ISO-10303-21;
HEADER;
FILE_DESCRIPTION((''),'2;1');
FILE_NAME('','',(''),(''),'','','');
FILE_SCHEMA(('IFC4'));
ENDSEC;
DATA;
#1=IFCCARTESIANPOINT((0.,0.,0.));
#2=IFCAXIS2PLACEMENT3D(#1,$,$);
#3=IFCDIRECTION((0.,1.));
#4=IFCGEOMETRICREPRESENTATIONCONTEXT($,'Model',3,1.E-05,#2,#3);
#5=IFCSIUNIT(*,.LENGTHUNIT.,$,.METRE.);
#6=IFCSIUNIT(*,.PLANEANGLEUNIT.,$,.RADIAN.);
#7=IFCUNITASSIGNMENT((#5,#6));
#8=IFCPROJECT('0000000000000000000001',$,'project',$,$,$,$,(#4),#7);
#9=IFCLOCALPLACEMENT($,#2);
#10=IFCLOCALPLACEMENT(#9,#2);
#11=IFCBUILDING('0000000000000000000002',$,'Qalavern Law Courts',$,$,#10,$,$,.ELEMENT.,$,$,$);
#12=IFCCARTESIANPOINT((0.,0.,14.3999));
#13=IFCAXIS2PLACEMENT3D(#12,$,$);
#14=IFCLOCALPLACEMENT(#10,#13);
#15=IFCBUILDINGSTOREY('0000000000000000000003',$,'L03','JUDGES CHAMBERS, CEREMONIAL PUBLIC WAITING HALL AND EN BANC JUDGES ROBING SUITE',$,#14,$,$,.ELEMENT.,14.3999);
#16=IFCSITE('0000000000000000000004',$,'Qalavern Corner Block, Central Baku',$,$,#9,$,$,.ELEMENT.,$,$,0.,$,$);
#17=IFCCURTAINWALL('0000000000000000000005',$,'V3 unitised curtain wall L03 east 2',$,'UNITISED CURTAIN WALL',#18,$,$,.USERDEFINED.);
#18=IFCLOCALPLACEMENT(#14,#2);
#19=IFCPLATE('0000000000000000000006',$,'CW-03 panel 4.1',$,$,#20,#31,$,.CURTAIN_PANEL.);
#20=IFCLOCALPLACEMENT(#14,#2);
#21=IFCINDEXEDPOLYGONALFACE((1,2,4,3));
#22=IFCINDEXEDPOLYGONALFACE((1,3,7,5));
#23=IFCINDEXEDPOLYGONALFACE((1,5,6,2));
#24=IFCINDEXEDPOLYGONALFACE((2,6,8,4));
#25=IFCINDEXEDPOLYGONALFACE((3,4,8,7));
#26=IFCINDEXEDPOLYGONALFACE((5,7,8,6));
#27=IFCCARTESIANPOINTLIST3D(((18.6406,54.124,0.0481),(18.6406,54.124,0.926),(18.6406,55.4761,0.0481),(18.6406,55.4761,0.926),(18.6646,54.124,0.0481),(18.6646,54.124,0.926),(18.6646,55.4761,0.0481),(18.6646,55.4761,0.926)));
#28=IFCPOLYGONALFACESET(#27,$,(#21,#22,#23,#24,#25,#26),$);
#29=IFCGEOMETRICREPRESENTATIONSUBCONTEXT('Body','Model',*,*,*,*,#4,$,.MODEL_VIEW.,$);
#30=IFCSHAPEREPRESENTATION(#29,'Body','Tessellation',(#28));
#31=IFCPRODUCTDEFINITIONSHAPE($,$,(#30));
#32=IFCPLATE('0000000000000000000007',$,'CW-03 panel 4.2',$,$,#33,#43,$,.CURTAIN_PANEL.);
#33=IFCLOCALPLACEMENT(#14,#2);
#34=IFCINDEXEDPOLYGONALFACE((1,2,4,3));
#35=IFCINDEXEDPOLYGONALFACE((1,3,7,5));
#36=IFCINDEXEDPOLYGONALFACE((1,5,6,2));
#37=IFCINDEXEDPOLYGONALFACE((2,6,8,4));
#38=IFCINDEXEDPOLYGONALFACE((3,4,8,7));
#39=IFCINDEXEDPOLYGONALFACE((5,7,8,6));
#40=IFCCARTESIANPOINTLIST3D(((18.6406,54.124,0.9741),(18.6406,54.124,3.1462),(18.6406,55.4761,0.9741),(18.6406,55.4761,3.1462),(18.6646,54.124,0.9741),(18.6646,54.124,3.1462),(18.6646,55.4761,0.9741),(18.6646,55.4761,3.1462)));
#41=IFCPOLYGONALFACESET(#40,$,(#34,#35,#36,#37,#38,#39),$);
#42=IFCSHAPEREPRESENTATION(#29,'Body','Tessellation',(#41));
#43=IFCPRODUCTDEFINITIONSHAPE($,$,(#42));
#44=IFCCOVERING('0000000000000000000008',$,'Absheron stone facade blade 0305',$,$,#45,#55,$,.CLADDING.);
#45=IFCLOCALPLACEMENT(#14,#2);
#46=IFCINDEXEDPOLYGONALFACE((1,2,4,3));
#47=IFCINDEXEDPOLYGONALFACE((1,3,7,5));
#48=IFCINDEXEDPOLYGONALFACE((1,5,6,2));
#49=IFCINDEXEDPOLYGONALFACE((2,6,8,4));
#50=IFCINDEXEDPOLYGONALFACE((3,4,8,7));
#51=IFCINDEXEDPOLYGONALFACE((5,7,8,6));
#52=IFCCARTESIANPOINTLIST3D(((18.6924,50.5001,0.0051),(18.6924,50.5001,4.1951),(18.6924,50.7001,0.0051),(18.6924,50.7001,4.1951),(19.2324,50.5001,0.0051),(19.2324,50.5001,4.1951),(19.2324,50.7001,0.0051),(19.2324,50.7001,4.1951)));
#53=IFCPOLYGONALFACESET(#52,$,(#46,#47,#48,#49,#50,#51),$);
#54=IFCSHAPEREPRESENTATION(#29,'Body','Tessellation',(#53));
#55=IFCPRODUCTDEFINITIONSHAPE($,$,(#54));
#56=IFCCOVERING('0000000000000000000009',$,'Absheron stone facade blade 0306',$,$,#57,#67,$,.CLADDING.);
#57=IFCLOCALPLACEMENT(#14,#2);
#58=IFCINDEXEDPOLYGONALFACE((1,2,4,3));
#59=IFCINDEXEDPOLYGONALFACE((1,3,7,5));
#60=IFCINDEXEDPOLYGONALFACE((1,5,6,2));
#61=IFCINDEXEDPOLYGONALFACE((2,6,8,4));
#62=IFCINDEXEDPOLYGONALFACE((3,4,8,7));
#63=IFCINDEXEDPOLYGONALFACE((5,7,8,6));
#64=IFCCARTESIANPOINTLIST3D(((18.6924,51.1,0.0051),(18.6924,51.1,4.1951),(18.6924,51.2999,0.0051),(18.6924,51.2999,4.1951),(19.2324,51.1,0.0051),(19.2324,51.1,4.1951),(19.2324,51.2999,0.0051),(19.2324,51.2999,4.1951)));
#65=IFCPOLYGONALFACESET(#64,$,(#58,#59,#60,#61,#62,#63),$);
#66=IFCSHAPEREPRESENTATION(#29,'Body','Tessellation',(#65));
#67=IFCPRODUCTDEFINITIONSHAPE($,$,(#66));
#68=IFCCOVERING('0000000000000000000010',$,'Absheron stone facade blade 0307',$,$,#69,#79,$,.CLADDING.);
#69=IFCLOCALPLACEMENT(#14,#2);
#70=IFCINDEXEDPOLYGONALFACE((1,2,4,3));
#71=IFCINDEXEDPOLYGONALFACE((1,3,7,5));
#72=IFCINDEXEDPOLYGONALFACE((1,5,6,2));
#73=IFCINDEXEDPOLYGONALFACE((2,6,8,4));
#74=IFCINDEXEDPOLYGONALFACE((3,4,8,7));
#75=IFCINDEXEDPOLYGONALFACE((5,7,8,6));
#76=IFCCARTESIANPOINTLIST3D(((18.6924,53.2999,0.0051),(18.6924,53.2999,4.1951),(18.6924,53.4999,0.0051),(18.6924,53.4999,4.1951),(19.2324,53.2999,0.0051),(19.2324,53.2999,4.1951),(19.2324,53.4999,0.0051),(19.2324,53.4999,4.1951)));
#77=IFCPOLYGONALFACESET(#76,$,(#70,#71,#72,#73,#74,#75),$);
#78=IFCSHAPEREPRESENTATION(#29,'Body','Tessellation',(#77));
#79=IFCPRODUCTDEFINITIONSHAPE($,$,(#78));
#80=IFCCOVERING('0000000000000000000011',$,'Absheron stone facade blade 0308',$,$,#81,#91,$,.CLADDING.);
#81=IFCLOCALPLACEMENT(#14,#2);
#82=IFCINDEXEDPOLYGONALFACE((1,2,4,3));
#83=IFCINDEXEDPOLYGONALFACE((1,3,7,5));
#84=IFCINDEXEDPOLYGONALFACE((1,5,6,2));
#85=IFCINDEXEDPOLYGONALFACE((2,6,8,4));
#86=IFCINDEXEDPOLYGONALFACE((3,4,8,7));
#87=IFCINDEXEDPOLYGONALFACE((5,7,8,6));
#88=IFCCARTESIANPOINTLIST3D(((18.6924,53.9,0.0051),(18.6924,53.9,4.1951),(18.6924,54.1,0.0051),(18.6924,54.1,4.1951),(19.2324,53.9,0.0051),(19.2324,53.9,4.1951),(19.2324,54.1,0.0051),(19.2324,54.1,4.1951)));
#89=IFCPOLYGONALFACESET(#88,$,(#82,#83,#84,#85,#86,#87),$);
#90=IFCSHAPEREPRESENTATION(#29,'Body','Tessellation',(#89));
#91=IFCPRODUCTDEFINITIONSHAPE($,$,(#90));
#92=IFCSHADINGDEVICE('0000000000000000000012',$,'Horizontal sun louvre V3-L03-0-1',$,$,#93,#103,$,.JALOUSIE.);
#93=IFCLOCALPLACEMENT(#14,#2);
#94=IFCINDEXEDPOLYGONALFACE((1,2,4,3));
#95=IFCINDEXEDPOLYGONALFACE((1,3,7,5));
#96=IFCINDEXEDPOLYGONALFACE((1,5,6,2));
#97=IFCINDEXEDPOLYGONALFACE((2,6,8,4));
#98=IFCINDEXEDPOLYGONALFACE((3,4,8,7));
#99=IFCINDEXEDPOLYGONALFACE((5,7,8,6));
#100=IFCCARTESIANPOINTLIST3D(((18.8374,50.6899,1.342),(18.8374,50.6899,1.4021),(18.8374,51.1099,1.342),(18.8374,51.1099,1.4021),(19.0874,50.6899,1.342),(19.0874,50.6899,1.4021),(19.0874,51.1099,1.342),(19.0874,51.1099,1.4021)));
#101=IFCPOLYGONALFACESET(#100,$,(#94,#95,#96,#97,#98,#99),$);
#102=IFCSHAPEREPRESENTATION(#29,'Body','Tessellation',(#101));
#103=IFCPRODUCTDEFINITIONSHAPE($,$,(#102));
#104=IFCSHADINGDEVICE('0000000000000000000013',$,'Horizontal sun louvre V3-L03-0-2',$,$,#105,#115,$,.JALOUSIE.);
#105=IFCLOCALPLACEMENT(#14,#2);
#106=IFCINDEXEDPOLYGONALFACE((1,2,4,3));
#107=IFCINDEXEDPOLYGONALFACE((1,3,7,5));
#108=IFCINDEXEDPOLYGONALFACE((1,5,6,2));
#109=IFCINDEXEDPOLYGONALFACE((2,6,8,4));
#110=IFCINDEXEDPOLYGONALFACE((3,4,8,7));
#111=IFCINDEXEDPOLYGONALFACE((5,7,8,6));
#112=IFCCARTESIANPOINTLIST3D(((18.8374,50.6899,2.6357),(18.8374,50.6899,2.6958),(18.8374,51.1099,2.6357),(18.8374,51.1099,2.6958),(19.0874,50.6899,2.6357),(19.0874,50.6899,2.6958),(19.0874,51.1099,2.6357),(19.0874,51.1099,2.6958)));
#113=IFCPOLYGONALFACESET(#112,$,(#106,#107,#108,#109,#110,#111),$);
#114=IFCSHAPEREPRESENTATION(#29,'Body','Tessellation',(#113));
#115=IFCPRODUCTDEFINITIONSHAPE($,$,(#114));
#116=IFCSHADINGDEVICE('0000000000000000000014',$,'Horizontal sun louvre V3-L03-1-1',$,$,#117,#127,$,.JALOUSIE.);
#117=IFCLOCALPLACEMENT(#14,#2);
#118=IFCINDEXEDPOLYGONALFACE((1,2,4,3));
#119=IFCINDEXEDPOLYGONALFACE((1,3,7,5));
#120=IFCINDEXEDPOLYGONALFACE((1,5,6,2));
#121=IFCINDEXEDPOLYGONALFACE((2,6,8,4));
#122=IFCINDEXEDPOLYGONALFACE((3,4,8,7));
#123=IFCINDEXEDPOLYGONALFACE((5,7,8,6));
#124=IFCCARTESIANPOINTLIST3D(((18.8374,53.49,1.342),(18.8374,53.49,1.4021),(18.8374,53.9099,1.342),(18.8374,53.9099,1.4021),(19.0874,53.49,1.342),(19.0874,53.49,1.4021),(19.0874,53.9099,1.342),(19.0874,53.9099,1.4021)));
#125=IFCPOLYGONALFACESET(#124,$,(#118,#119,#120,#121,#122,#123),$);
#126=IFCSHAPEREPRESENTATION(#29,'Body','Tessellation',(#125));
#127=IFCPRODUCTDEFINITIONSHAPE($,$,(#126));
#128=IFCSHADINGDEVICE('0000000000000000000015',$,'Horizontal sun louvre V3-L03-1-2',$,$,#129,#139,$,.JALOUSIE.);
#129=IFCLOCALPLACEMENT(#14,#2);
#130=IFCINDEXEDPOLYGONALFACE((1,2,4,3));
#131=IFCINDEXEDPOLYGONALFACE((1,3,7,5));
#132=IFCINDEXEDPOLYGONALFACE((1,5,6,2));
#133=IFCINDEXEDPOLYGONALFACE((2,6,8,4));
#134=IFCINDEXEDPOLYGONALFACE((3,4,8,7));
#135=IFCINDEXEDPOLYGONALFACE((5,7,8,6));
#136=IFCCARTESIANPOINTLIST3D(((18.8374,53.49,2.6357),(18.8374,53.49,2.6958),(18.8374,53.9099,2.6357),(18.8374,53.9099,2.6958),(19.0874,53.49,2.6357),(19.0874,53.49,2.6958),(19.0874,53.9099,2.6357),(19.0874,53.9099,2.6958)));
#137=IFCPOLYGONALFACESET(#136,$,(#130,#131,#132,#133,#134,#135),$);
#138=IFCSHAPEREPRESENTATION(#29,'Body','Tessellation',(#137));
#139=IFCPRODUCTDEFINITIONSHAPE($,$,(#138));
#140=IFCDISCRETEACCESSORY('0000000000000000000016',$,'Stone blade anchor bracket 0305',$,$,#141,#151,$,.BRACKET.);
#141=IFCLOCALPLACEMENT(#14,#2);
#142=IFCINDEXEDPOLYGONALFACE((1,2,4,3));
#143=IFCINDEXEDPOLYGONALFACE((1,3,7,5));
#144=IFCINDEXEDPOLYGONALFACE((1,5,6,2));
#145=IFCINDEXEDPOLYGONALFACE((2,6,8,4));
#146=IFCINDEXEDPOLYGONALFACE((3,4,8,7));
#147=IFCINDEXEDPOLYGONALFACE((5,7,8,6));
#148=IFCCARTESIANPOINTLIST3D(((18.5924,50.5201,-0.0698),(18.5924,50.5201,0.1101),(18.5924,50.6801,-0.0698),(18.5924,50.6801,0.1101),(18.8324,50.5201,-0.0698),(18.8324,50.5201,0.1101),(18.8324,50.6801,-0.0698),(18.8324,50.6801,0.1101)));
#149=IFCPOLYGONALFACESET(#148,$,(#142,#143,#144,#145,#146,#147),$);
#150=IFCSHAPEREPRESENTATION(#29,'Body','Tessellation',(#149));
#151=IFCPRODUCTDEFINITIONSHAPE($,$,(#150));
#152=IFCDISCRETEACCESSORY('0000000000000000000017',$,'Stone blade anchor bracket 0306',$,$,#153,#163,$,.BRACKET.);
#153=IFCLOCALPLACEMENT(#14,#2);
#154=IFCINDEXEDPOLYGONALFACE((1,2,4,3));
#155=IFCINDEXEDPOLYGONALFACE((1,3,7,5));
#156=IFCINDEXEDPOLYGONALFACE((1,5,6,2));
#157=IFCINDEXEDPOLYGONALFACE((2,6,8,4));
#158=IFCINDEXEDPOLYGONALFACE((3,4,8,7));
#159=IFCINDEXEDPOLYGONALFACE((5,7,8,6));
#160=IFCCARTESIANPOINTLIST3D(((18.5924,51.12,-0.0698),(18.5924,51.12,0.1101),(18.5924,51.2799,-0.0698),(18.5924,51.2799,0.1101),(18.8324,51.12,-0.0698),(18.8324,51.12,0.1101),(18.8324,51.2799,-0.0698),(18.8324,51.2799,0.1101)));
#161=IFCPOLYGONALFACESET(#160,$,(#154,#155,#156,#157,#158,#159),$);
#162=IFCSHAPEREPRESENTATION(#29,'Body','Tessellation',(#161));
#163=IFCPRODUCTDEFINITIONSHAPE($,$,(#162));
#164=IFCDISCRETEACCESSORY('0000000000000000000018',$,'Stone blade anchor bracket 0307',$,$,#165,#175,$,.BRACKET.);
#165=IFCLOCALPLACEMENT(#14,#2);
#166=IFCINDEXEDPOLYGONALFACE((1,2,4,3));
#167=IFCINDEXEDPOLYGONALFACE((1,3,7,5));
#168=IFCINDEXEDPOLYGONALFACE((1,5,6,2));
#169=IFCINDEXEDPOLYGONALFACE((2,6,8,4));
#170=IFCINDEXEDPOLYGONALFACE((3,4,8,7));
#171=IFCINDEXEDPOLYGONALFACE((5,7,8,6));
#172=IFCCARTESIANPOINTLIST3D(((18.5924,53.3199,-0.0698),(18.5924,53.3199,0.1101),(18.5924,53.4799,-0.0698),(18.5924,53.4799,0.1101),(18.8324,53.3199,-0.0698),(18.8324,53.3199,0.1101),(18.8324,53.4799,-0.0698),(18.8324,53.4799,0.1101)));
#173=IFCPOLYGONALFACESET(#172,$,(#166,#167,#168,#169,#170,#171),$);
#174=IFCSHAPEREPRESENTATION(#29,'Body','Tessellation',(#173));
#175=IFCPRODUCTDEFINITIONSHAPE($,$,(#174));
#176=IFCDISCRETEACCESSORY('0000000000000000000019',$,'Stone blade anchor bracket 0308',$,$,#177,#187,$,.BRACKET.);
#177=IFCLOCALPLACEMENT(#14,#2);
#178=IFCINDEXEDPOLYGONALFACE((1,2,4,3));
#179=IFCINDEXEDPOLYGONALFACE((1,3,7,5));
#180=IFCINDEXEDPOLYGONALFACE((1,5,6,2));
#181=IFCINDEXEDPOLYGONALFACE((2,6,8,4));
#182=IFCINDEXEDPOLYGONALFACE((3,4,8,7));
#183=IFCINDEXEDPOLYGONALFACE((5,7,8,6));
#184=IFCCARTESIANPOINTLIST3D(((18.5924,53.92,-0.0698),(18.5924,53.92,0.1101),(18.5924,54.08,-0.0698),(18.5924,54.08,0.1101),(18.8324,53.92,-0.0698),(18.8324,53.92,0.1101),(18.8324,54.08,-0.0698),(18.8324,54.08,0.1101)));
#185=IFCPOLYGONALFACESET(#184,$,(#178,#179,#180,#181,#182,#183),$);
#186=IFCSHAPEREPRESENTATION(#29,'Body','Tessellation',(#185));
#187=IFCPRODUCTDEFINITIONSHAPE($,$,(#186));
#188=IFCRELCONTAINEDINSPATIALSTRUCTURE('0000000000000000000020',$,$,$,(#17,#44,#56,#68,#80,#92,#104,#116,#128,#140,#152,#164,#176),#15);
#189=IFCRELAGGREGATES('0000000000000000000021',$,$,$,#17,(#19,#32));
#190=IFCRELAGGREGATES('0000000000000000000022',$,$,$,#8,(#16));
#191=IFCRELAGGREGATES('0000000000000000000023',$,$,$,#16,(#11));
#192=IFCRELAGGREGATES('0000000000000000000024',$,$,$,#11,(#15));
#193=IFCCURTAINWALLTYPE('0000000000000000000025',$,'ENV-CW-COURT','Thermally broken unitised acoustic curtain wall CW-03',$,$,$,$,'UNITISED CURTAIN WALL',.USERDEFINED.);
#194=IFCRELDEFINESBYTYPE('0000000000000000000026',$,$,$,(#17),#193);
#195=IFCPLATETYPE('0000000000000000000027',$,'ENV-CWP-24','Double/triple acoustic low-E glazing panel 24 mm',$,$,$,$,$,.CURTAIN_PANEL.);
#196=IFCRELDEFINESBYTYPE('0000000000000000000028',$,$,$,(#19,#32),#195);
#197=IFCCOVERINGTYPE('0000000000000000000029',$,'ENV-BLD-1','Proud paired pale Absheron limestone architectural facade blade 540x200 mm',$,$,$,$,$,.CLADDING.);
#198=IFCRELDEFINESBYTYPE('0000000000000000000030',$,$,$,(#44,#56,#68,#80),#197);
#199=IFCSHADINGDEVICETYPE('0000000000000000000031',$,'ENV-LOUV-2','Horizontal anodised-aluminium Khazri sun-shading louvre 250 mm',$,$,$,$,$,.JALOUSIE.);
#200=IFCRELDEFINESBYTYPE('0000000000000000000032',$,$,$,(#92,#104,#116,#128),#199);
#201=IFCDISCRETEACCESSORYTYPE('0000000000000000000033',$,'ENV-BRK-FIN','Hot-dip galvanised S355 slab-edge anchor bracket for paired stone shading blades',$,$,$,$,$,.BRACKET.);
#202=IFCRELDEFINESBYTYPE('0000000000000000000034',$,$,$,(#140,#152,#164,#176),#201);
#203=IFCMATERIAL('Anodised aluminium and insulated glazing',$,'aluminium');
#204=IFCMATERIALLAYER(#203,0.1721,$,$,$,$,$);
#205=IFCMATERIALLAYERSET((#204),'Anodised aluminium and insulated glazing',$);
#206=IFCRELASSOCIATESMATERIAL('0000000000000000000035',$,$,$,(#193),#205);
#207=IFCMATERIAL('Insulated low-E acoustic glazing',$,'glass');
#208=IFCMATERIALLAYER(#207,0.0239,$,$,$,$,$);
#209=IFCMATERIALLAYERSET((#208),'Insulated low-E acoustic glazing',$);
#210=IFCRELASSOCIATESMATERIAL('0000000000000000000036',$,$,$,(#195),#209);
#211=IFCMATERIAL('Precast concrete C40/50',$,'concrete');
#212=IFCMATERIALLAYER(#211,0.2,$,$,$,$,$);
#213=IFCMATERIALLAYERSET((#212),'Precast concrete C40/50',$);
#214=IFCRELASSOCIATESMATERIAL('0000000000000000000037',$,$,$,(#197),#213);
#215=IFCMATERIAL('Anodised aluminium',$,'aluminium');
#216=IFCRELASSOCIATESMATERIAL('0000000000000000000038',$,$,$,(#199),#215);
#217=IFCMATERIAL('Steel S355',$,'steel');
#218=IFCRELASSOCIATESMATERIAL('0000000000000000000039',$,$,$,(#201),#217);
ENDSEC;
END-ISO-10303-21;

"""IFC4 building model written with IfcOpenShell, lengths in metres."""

from ifc_helpers import new_model, si_unit, direction, frame, origin, origin_2d, place, context, subcontext, project, spatial, rectangle, extrude, material, layer, layer_set, type_object, element, aggregate, save


model = new_model("IFC4")

# Units and contexts
model_context = context("Model", 3, precision=1e-05, world=origin(), true_north=direction((0.0, 1.0)))
body_context = subcontext(model_context, "Body", "Model", "MODEL_VIEW")
ifc_project = project(units=[si_unit("LENGTHUNIT", "METRE"), si_unit("PLANEANGLEUNIT", "RADIAN")], contexts=[model_context])

# Site, building, storey
site_placement = place(None, origin())
site = spatial("IfcSite", under=ifc_project, at=site_placement, Name="Qalavern Corner Block, Central Baku", CompositionType="ELEMENT", RefElevation=0.0)
building_placement = place(site_placement, origin())
building = spatial("IfcBuilding", under=site, at=building_placement, Name="Qalavern Law Courts", CompositionType="ELEMENT")
storey_placement = place(building_placement, frame((0.0, 0.0, 14.3999)))
storey = spatial("IfcBuildingStorey", under=building, at=storey_placement, Name="L03", Description="JUDGES CHAMBERS, CEREMONIAL PUBLIC WAITING HALL AND EN BANC JUDGES ROBING SUITE", CompositionType="ELEMENT", Elevation=14.3999)

# Curtain wall, plates
ifc_material_1 = material(Name="Anodised aluminium and insulated glazing", Category="aluminium")
ifc_layer_1 = layer(ifc_material_1, 0.1721)
ifc_layer_set_1 = layer_set([ifc_layer_1], Name="Anodised aluminium and insulated glazing")
curtain_wall_type = type_object("IfcCurtainWallType", Name="ENV-CW-COURT", Description="Thermally broken unitised acoustic curtain wall CW-03", ElementType="UNITISED CURTAIN WALL", PredefinedType="USERDEFINED", material=ifc_layer_set_1)
curtain_wall_placement = place(storey_placement, origin())
curtain_wall = element("IfcCurtainWall", 1, at=curtain_wall_placement, inside=storey, type_object=curtain_wall_type, Name="V3 unitised curtain wall L03 east 2", ObjectType="UNITISED CURTAIN WALL", PredefinedType="USERDEFINED")
ifc_material_2 = material(Name="Anodised aluminium", Category="aluminium")
ifc_material_3 = material(Name="Insulated low-E acoustic glazing", Category="glass")
ifc_layer_2 = layer(ifc_material_3, 0.0239)
ifc_layer_set_2 = layer_set([ifc_layer_2], Name="Insulated low-E acoustic glazing")
plate_type = type_object("IfcPlateType", Name="ENV-CWP-24", Description="Double/triple acoustic low-E glazing panel 24 mm", PredefinedType="CURTAIN_PANEL", material=ifc_layer_set_2)
plate_1_placement = place(storey_placement, frame((18.6526, 54.8, 0.0481), z_axis=(0.0, 0.0, 1.0), x_axis=(0.0, 1.0, 0.0)))
plate_1 = element("IfcPlate", 2, at=plate_1_placement, type_object=plate_type, Name="CW-03 panel 4.1", PredefinedType="CURTAIN_PANEL", context=body_context, shape_type="SweptSolid", body=[
    extrude(rectangle(XDim=1.3521, YDim=0.0239, at=origin_2d()), origin(), (0.0, 0.0, 1.0), 0.8779),
])
plate_2_placement = place(storey_placement, frame((18.6526, 54.8, 0.9741), z_axis=(0.0, 0.0, 1.0), x_axis=(0.0, 1.0, 0.0)))
plate_2 = element("IfcPlate", 3, at=plate_2_placement, type_object=plate_type, Name="CW-03 panel 4.2", PredefinedType="CURTAIN_PANEL", context=body_context, shape_type="SweptSolid", body=[
    extrude(rectangle(XDim=1.3521, YDim=0.0239, at=origin_2d()), origin(), (0.0, 0.0, 1.0), 2.1721),
])
aggregate(curtain_wall, [plate_1, plate_2])

# Coverings
ifc_material_4 = material(Name="Precast concrete C40/50", Category="concrete")
ifc_layer_3 = layer(ifc_material_4, 0.2)
ifc_layer_set_3 = layer_set([ifc_layer_3], Name="Precast concrete C40/50")
covering_type = type_object("IfcCoveringType", Name="ENV-BLD-1", Description="Proud paired pale Absheron limestone architectural facade blade 540x200 mm", PredefinedType="CLADDING", material=ifc_layer_set_3)
for number, where, z_axis, x_axis, name in (
    (4, (18.9624, 50.6001, 0.0051), (0.0, 0.0, 1.0), (1.0, 0.0, 0.0), "Absheron stone facade blade 0305"),
    (5, (18.9624, 51.2, 0.0051), (0.0, 0.0, 1.0), (1.0, 0.0, 0.0), "Absheron stone facade blade 0306"),
    (6, (18.9624, 53.3999, 0.0051), (0.0, 0.0, 1.0), (1.0, 0.0, 0.0), "Absheron stone facade blade 0307"),
    (7, (18.9624, 54.0, 0.0051), (0.0, 0.0, 1.0), (1.0, 0.0, 0.0), "Absheron stone facade blade 0308"),
):
    element("IfcCovering", number, at=place(storey_placement, frame(where, z_axis=z_axis, x_axis=x_axis)), inside=storey, type_object=covering_type, Name=name, PredefinedType="CLADDING", context=body_context, shape_type="SweptSolid", body=[
        extrude(rectangle(XDim=0.54, YDim=0.2, at=origin_2d()), origin(), (0.0, 0.0, 1.0), 4.1899),
    ])

# Shading devices
shading_device_type = type_object("IfcShadingDeviceType", Name="ENV-LOUV-2", Description="Horizontal anodised-aluminium Khazri sun-shading louvre 250 mm", PredefinedType="JALOUSIE", material=ifc_material_2)
for number, where, z_axis, x_axis, name in (
    (8, (18.9624, 50.8999, 1.342), (0.0, 0.0, 1.0), (0.0, 1.0, 0.0), "Horizontal sun louvre V3-L03-0-1"),
    (9, (18.9624, 50.8999, 2.6357), (0.0, 0.0, 1.0), (0.0, 1.0, 0.0), "Horizontal sun louvre V3-L03-0-2"),
    (10, (18.9624, 53.7, 1.342), (0.0, 0.0, 1.0), (0.0, 1.0, 0.0), "Horizontal sun louvre V3-L03-1-1"),
    (11, (18.9624, 53.7, 2.6357), (0.0, 0.0, 1.0), (0.0, 1.0, 0.0), "Horizontal sun louvre V3-L03-1-2"),
):
    element("IfcShadingDevice", number, at=place(storey_placement, frame(where, z_axis=z_axis, x_axis=x_axis)), inside=storey, type_object=shading_device_type, Name=name, PredefinedType="JALOUSIE", context=body_context, shape_type="SweptSolid", body=[
        extrude(rectangle(XDim=0.4199, YDim=0.25, at=origin_2d()), origin(), (0.0, 0.0, 1.0), 0.0601),
    ])

# Discrete accessories
ifc_material_5 = material(Name="Steel S355", Category="steel")
discrete_accessory_type = type_object("IfcDiscreteAccessoryType", Name="ENV-BRK-FIN", Description="Hot-dip galvanised S355 slab-edge anchor bracket for paired stone shading blades", PredefinedType="BRACKET", material=ifc_material_5)
for number, where, z_axis, x_axis, name in (
    (12, (18.7124, 50.6001, -0.0698), (0.0, 0.0, 1.0), (1.0, 0.0, 0.0), "Stone blade anchor bracket 0305"),
    (13, (18.7124, 51.2, -0.0698), (0.0, 0.0, 1.0), (1.0, 0.0, 0.0), "Stone blade anchor bracket 0306"),
    (14, (18.7124, 53.3999, -0.0698), (0.0, 0.0, 1.0), (1.0, 0.0, 0.0), "Stone blade anchor bracket 0307"),
    (15, (18.7124, 54.0, -0.0698), (0.0, 0.0, 1.0), (1.0, 0.0, 0.0), "Stone blade anchor bracket 0308"),
):
    element("IfcDiscreteAccessory", number, at=place(storey_placement, frame(where, z_axis=z_axis, x_axis=x_axis)), inside=storey, type_object=discrete_accessory_type, Name=name, PredefinedType="BRACKET", context=body_context, shape_type="SweptSolid", body=[
        extrude(rectangle(XDim=0.24, YDim=0.1599, at=origin_2d()), origin(), (0.0, 0.0, 1.0), 0.1799),
    ])

save(model, "model.ifc")
